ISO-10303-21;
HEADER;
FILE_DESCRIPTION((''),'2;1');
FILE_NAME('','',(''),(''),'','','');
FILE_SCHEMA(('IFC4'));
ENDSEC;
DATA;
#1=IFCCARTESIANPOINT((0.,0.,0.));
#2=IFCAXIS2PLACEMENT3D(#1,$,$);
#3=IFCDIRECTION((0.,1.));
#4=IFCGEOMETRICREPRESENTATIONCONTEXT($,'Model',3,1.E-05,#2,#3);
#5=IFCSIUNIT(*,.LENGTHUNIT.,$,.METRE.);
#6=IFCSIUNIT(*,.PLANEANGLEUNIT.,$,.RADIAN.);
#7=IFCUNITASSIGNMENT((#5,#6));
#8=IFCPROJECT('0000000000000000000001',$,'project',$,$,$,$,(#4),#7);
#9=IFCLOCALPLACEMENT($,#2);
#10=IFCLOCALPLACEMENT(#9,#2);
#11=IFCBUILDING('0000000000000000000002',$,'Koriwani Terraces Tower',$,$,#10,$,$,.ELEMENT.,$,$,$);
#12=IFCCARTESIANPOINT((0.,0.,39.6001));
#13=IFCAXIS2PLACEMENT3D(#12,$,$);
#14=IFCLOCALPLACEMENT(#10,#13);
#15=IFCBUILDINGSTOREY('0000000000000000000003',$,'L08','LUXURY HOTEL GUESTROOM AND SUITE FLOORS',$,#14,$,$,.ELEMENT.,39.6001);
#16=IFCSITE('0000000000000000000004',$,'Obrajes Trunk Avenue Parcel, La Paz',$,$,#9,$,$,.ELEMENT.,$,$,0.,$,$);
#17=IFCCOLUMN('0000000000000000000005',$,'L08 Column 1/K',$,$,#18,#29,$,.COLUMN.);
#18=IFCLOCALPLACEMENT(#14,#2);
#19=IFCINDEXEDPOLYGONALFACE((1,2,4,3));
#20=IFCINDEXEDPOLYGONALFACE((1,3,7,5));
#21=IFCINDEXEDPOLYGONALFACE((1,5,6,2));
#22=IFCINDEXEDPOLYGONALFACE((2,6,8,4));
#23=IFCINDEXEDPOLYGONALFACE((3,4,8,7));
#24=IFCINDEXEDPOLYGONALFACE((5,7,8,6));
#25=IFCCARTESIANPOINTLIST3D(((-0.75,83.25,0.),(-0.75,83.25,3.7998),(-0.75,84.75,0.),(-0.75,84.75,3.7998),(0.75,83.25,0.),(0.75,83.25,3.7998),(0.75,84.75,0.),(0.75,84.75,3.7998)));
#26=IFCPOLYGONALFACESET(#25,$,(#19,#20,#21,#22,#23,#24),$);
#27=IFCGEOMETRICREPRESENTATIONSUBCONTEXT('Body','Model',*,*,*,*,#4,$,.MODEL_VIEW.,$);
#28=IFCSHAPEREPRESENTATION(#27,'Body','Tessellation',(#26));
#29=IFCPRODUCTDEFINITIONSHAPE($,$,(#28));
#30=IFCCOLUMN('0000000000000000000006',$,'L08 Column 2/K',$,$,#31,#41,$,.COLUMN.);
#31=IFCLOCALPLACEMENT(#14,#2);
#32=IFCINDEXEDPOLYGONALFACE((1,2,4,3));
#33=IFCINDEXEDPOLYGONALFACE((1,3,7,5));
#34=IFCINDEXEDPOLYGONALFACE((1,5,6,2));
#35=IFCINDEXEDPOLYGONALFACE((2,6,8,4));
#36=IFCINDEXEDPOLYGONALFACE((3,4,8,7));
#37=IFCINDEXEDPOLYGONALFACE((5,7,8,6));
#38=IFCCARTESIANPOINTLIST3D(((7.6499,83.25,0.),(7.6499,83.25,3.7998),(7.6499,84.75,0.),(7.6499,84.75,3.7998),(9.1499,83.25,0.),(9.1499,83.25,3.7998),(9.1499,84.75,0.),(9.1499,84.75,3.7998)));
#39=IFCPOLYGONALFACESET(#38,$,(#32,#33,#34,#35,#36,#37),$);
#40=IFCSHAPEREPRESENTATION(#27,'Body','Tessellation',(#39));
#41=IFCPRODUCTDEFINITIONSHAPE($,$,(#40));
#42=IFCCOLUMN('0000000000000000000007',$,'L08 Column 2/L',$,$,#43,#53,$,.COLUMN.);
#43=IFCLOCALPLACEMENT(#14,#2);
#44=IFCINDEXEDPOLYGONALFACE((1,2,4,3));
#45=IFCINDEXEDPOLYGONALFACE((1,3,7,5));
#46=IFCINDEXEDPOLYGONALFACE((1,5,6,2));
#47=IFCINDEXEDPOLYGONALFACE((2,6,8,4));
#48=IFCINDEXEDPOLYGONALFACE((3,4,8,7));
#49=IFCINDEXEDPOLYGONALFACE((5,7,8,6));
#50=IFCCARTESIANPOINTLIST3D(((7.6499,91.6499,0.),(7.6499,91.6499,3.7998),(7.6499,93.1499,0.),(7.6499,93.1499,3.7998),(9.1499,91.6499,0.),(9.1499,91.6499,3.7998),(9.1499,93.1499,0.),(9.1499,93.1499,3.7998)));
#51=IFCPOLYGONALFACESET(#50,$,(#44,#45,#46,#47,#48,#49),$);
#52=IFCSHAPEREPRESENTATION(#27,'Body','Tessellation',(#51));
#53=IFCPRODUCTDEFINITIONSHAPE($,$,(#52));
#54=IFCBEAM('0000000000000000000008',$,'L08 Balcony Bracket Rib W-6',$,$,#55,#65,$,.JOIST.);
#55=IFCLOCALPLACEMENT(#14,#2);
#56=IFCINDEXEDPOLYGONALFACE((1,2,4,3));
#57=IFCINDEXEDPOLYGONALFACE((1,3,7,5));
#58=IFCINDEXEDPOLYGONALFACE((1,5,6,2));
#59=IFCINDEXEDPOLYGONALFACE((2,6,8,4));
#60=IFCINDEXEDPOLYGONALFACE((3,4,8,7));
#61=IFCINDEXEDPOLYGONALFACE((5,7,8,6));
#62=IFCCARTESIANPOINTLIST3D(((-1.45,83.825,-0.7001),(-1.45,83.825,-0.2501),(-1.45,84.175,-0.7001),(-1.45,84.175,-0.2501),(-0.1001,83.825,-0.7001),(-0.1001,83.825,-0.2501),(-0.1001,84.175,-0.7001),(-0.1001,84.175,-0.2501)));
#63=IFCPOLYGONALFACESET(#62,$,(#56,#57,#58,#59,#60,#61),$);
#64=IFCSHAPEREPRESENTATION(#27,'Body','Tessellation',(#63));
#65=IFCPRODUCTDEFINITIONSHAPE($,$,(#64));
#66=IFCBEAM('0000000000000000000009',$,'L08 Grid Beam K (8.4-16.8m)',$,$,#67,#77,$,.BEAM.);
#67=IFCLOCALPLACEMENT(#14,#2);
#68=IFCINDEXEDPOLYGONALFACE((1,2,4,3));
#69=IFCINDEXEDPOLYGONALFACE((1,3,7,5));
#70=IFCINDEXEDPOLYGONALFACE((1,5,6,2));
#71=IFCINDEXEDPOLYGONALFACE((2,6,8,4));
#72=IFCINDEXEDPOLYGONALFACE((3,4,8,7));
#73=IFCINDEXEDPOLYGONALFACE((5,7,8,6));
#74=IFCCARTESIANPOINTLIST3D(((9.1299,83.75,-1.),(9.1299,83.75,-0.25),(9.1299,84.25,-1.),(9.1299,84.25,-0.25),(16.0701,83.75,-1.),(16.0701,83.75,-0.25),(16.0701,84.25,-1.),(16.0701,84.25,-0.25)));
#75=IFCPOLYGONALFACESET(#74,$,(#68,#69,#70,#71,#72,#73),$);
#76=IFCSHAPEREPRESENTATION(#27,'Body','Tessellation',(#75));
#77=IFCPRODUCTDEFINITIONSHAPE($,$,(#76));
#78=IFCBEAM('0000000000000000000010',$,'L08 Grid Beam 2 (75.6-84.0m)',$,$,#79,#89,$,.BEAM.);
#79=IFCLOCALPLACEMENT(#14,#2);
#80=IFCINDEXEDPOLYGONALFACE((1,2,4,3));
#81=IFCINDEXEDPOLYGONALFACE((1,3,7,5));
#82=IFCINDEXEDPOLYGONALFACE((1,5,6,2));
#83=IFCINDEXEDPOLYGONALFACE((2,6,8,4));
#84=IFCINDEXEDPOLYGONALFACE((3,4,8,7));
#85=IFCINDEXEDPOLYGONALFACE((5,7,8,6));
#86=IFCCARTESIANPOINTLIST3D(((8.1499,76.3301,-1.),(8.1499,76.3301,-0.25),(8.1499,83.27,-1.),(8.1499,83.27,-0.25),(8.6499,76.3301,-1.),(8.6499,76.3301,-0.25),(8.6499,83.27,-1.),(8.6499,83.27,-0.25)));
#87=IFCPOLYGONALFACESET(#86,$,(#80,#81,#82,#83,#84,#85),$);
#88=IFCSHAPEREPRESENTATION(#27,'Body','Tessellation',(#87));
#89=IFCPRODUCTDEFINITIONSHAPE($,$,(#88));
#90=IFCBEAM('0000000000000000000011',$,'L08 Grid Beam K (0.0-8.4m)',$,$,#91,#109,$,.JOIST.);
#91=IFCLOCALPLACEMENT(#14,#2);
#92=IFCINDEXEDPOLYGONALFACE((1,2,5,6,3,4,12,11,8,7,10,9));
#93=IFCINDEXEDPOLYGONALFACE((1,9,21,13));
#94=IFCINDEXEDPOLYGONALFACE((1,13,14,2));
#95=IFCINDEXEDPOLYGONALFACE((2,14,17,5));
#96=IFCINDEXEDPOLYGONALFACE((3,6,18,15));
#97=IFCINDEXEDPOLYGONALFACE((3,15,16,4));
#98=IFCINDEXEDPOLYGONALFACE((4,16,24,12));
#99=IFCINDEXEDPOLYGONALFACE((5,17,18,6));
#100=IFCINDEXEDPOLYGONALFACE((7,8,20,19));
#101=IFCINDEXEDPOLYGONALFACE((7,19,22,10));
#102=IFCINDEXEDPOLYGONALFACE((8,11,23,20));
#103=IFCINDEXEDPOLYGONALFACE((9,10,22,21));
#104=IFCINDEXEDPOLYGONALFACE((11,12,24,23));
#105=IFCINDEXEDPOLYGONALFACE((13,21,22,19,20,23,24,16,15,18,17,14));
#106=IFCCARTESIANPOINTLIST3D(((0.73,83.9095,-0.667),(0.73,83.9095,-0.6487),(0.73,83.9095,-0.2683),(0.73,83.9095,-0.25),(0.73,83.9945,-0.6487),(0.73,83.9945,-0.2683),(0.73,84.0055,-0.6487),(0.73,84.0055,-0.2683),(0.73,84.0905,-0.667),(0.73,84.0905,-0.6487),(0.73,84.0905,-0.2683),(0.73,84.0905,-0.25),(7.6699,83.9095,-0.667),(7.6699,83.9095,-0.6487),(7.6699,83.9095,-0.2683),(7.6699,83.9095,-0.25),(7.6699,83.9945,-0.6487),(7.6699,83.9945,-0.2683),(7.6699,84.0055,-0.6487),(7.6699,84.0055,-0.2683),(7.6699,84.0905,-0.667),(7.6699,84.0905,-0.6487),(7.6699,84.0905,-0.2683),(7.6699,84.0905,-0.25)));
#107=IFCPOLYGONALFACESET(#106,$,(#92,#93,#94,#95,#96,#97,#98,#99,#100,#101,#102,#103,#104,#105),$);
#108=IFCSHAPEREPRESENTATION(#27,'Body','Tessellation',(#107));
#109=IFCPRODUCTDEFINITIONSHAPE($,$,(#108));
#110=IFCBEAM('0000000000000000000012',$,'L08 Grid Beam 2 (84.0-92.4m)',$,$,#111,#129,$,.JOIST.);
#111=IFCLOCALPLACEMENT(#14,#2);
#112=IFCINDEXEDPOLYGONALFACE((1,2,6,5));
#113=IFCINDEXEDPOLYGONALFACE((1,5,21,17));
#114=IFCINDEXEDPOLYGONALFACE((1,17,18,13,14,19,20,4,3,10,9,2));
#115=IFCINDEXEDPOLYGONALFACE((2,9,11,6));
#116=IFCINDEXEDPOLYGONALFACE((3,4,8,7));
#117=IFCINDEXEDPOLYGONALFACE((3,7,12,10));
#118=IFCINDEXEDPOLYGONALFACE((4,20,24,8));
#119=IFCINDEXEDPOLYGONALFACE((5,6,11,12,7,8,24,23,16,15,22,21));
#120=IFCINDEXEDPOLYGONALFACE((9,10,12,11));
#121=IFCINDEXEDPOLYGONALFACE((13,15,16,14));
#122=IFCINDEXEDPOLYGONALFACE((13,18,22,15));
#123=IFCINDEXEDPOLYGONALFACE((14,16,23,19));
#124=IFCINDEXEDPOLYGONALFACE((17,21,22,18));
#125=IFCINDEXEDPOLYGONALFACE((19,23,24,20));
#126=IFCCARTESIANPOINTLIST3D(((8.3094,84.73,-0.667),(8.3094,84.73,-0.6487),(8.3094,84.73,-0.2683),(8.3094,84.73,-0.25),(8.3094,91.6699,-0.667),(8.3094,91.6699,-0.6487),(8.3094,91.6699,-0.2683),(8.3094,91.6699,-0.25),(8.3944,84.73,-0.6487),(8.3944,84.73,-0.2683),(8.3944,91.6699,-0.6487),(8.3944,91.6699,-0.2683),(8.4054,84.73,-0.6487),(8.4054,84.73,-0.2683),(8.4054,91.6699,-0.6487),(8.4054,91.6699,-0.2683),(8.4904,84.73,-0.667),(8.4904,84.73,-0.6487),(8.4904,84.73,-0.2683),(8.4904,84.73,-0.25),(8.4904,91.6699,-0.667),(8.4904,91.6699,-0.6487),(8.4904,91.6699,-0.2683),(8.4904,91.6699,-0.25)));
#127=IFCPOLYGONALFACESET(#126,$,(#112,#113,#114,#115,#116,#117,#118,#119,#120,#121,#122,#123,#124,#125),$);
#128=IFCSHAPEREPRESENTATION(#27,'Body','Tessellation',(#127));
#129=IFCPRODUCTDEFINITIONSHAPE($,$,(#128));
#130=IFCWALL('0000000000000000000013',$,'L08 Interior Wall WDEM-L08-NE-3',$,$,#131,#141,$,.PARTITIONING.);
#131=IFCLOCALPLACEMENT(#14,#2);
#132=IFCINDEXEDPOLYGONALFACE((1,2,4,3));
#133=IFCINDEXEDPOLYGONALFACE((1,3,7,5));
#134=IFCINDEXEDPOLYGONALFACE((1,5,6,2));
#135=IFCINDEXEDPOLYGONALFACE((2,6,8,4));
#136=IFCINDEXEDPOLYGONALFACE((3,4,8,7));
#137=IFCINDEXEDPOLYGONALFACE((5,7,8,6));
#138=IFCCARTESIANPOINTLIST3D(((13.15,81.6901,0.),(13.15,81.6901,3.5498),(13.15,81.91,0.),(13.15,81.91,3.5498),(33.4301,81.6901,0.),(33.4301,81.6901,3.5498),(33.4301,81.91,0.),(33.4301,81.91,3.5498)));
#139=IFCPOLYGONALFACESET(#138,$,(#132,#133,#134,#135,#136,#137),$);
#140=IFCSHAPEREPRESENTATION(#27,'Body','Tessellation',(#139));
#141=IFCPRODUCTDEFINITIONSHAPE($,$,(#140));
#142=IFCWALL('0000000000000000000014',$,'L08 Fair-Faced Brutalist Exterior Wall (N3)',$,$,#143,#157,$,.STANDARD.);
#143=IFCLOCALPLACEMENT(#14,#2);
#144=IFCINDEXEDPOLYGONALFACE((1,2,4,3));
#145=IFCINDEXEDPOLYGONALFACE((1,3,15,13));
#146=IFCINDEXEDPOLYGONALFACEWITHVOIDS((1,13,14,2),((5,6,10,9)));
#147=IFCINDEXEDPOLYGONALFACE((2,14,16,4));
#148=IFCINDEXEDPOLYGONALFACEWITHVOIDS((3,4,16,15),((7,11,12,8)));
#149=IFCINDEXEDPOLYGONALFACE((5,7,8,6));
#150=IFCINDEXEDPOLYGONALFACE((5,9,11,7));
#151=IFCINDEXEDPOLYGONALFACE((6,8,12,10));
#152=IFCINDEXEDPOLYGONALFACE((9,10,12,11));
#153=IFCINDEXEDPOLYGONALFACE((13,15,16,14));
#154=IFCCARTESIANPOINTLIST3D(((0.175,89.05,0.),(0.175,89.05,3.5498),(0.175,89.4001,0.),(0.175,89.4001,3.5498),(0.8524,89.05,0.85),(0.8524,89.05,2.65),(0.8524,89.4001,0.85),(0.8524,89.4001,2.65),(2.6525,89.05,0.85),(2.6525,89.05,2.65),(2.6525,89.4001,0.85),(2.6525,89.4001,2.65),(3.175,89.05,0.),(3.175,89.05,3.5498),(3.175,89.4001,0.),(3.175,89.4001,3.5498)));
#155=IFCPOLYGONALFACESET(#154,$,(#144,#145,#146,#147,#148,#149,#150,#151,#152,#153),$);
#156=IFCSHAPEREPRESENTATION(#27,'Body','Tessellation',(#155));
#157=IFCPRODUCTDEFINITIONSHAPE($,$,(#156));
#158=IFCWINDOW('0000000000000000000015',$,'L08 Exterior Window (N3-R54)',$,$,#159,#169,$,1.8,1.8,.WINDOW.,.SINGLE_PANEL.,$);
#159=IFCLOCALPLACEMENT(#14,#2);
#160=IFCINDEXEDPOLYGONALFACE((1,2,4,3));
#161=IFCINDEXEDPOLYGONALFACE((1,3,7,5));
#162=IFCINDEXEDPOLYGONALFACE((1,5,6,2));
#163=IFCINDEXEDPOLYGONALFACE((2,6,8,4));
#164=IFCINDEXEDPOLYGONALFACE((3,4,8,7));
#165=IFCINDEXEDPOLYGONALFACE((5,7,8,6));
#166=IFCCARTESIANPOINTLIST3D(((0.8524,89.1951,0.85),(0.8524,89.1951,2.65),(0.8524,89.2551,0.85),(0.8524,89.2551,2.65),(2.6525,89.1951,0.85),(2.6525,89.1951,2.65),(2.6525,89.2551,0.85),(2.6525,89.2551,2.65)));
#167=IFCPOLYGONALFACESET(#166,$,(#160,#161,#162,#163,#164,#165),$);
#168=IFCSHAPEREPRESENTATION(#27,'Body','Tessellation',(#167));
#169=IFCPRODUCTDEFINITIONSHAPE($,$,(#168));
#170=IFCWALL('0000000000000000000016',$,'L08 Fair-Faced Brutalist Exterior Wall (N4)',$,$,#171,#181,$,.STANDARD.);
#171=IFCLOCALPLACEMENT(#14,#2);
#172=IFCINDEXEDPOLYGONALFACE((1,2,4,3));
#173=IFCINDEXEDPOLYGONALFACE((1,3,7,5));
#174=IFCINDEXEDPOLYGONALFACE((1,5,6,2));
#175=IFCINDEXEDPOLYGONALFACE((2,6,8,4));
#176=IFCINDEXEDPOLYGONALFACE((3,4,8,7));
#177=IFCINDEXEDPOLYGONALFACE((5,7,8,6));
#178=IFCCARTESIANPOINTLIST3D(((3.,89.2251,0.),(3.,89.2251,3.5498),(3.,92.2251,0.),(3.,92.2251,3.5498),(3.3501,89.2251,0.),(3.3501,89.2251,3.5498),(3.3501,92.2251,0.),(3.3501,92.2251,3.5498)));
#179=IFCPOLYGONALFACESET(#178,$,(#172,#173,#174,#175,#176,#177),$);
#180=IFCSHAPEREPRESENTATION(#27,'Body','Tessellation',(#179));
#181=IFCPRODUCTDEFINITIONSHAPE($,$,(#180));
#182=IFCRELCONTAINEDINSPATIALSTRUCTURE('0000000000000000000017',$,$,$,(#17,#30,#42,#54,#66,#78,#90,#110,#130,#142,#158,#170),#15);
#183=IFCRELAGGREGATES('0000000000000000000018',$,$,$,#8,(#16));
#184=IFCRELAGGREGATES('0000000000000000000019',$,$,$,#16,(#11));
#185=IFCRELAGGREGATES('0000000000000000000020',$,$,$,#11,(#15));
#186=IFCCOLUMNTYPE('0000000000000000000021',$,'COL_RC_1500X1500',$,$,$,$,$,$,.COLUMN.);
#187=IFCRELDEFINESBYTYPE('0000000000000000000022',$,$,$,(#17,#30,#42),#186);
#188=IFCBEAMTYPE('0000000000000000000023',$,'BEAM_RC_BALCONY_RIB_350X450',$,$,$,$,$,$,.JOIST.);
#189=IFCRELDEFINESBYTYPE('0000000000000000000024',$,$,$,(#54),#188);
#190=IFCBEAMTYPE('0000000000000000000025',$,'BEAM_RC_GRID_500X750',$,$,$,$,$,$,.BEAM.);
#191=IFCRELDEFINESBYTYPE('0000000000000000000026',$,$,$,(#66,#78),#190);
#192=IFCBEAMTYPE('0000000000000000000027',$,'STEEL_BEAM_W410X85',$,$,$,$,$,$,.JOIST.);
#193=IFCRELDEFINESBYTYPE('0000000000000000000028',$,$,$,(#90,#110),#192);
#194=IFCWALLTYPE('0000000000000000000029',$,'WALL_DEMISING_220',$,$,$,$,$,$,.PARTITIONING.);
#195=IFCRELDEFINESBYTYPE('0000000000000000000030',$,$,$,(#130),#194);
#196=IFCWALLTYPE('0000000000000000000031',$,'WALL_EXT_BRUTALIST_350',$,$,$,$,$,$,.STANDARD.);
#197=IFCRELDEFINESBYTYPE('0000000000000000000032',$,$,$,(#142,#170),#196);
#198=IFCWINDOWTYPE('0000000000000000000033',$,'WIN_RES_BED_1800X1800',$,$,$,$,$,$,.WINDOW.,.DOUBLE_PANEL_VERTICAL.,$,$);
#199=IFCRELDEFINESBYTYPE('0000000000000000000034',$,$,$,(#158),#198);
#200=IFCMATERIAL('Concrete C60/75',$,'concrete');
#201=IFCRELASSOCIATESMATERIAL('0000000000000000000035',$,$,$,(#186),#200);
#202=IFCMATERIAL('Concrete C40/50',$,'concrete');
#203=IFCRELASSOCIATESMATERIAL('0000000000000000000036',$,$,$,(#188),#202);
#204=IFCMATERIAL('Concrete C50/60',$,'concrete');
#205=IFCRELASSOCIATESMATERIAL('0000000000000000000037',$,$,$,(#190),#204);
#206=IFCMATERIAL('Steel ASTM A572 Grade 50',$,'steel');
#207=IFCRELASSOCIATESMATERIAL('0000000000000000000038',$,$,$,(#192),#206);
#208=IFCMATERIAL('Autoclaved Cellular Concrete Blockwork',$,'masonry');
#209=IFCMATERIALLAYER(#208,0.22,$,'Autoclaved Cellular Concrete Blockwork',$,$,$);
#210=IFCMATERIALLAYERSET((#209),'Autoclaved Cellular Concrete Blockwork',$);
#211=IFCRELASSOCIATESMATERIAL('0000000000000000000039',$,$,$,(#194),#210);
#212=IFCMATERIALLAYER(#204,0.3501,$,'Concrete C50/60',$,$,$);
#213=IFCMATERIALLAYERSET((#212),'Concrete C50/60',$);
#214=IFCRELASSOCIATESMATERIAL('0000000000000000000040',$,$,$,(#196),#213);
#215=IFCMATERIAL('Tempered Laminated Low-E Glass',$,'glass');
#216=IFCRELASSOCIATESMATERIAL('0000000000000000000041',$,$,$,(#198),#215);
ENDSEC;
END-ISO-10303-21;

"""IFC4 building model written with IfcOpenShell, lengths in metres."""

from ifc_helpers import new_model, si_unit, direction, frame, frame_2d, origin, origin_2d, place, context, subcontext, project, spatial, rectangle, i_section, extrude, material, layer, layer_set, material_profile, profile_set, type_object, element, fill, save


model = new_model("IFC4")

# Units and contexts
model_context = context("Model", 3, precision=1e-05, world=origin(), true_north=direction((0.0, 1.0)))
body_context = subcontext(model_context, "Body", "Model", "MODEL_VIEW")
ifc_project = project(units=[si_unit("LENGTHUNIT", "METRE"), si_unit("PLANEANGLEUNIT", "RADIAN")], contexts=[model_context])

# Site, building, storey
site_placement = place(None, origin())
site = spatial("IfcSite", under=ifc_project, at=site_placement, Name="Obrajes Trunk Avenue Parcel, La Paz", CompositionType="ELEMENT", RefElevation=0.0)
building_placement = place(site_placement, origin())
building = spatial("IfcBuilding", under=site, at=building_placement, Name="Koriwani Terraces Tower", CompositionType="ELEMENT")
storey_placement = place(building_placement, frame((0.0, 0.0, 39.6001)))
storey = spatial("IfcBuildingStorey", under=building, at=storey_placement, Name="L08", Description="LUXURY HOTEL GUESTROOM AND SUITE FLOORS", CompositionType="ELEMENT", Elevation=39.6001)

# Columns
ifc_material_1 = material(Name="Concrete C60/75", Category="concrete")
ifc_material_profile_1 = material_profile(ifc_material_1, rectangle(XDim=1.5, YDim=1.5, at=origin_2d()), Name="Concrete C60/75", Category="LoadBearing")
ifc_profile_set_1 = profile_set([ifc_material_profile_1], Name="Concrete C60/75")
column_type = type_object("IfcColumnType", Name="COL_RC_1500X1500", PredefinedType="COLUMN", material=ifc_profile_set_1)
for number, where, z_axis, x_axis, name in (
    (1, (0.0, 84.0, 0.0), (0.0, 0.0, 1.0), (1.0, 0.0, 0.0), "L08 Column 1/K"),
    (2, (8.3999, 84.0, 0.0), (0.0, 0.0, 1.0), (1.0, 0.0, 0.0), "L08 Column 2/K"),
    (3, (8.3999, 92.3999, 0.0), (0.0, 0.0, 1.0), (1.0, 0.0, 0.0), "L08 Column 2/L"),
):
    element("IfcColumn", number, at=place(storey_placement, frame(where, z_axis=z_axis, x_axis=x_axis)), inside=storey, type_object=column_type, Name=name, PredefinedType="COLUMN", context=body_context, shape_type="SweptSolid", body=[
        extrude(rectangle(XDim=1.5, YDim=1.5, at=origin_2d()), origin(), (0.0, 0.0, 1.0), 3.7998),
    ])

# Beams
ifc_material_2 = material(Name="Concrete C40/50", Category="concrete")
ifc_material_profile_2 = material_profile(ifc_material_2, rectangle(XDim=0.3501, YDim=0.45, at=origin_2d()), Name="Concrete C40/50", Category="LoadBearing")
ifc_profile_set_2 = profile_set([ifc_material_profile_2], Name="Concrete C40/50")
beam_type_1 = type_object("IfcBeamType", Name="BEAM_RC_BALCONY_RIB_350X450", PredefinedType="JOIST", material=ifc_profile_set_2)
beam_1_placement = place(storey_placement, frame((-1.45, 84.0, -0.4751), z_axis=(1.0, 0.0, 0.0), x_axis=(0.0, 1.0, 0.0)))
element("IfcBeam", 4, at=beam_1_placement, inside=storey, type_object=beam_type_1, Name="L08 Balcony Bracket Rib W-6", PredefinedType="JOIST", context=body_context, shape_type="SweptSolid", body=[
    extrude(rectangle(XDim=0.3501, YDim=0.45, at=origin_2d()), origin(), (0.0, 0.0, 1.0), 1.3499),
])
ifc_material_3 = material(Name="Concrete C50/60", Category="concrete")
ifc_material_profile_3 = material_profile(ifc_material_3, rectangle(XDim=0.5, YDim=0.75, at=origin_2d()), Name="Concrete C50/60", Category="LoadBearing")
ifc_profile_set_3 = profile_set([ifc_material_profile_3], Name="Concrete C50/60")
beam_type_2 = type_object("IfcBeamType", Name="BEAM_RC_GRID_500X750", PredefinedType="BEAM", material=ifc_profile_set_3)
beam_2_placement = place(storey_placement, frame((9.1299, 84.0, -0.625), z_axis=(1.0, 0.0, 0.0), x_axis=(0.0, 1.0, 0.0)))
element("IfcBeam", 5, at=beam_2_placement, inside=storey, type_object=beam_type_2, Name="L08 Grid Beam K (8.4-16.8m)", PredefinedType="BEAM", context=body_context, shape_type="SweptSolid", body=[
    extrude(rectangle(XDim=0.5, YDim=0.75, at=origin_2d()), origin(), (0.0, 0.0, 1.0), 6.9402),
])
beam_3_placement = place(storey_placement, frame((8.3999, 76.3301, -0.625), z_axis=(0.0, 1.0, 0.0), x_axis=(-1.0, 0.0, 0.0)))
element("IfcBeam", 6, at=beam_3_placement, inside=storey, type_object=beam_type_2, Name="L08 Grid Beam 2 (75.6-84.0m)", PredefinedType="BEAM", context=body_context, shape_type="SweptSolid", body=[
    extrude(rectangle(XDim=0.5, YDim=0.75, at=origin_2d()), origin(), (0.0, 0.0, 1.0), 6.9399),
])
ifc_material_4 = material(Name="Steel ASTM A572 Grade 50", Category="steel")
ifc_material_profile_4 = material_profile(ifc_material_4, i_section(OverallWidth=0.1809, OverallDepth=0.417, WebThickness=0.011, FlangeThickness=0.0183, at=origin_2d()), Name="Steel ASTM A572 Grade 50", Category="LoadBearing")
ifc_profile_set_4 = profile_set([ifc_material_profile_4], Name="Steel ASTM A572 Grade 50")
beam_type_3 = type_object("IfcBeamType", Name="STEEL_BEAM_W410X85", PredefinedType="JOIST", material=ifc_profile_set_4)
for number, where, z_axis, x_axis, name in (
    (7, (0.73, 84.0, -0.4585), (1.0, 0.0, 0.0), (0.0, 1.0, 0.0), "L08 Grid Beam K (0.0-8.4m)"),
    (8, (8.3999, 84.73, -0.4585), (0.0, 1.0, 0.0), (-1.0, 0.0, 0.0), "L08 Grid Beam 2 (84.0-92.4m)"),
):
    element("IfcBeam", number, at=place(storey_placement, frame(where, z_axis=z_axis, x_axis=x_axis)), inside=storey, type_object=beam_type_3, Name=name, PredefinedType="JOIST", context=body_context, shape_type="SweptSolid", body=[
        extrude(i_section(OverallWidth=0.1809, OverallDepth=0.417, WebThickness=0.011, FlangeThickness=0.0183, at=origin_2d()), origin(), (0.0, 0.0, 1.0), 6.9399),
    ])

# Wall
ifc_material_5 = material(Name="Autoclaved Cellular Concrete Blockwork", Category="masonry")
ifc_layer_1 = layer(ifc_material_5, 0.22, Name="Autoclaved Cellular Concrete Blockwork")
ifc_layer_set_1 = layer_set([ifc_layer_1], Name="Autoclaved Cellular Concrete Blockwork")
wall_type_1 = type_object("IfcWallType", Name="WALL_DEMISING_220", PredefinedType="PARTITIONING", material=ifc_layer_set_1)
wall_1_placement = place(storey_placement, frame((13.1499, 81.8, 0.0), z_axis=(0.0, 0.0, 1.0), x_axis=(1.0, 0.0, 0.0)))
element("IfcWall", 9, at=wall_1_placement, inside=storey, type_object=wall_type_1, Name="L08 Interior Wall WDEM-L08-NE-3", PredefinedType="PARTITIONING", context=body_context, shape_type="SweptSolid", body=[
    extrude(rectangle(XDim=20.28, YDim=0.22, at=frame_2d((10.1401, 0.0))), origin(), (0.0, 0.0, 1.0), 3.5498),
])

# Wall, opening, window
ifc_layer_2 = layer(ifc_material_3, 0.3501, Name="Concrete C50/60")
ifc_layer_set_2 = layer_set([ifc_layer_2], Name="Concrete C50/60")
wall_type_2 = type_object("IfcWallType", Name="WALL_EXT_BRUTALIST_350", PredefinedType="STANDARD", material=ifc_layer_set_2)
wall_2_placement = place(storey_placement, frame((0.175, 89.2251, 0.0), z_axis=(0.0, 0.0, 1.0), x_axis=(1.0, 0.0, 0.0)))
wall_2 = element("IfcWall", 10, at=wall_2_placement, inside=storey, type_object=wall_type_2, Name="L08 Fair-Faced Brutalist Exterior Wall (N3)", PredefinedType="STANDARD", context=body_context, shape_type="SweptSolid", body=[
    extrude(rectangle(XDim=3.0, YDim=0.3501, at=frame_2d((1.5, 0.0))), origin(), (0.0, 0.0, 1.0), 3.5498),
])
opening_1_placement = place(wall_2_placement, frame((0.6775, 0.0, 0.8501)))
opening_1 = element("IfcOpeningElement", 11, at=opening_1_placement, cuts=wall_2, PredefinedType="OPENING", context=body_context, shape_type="SweptSolid", body=[
    extrude(rectangle(XDim=1.8, YDim=1.8, at=frame_2d((0.8999, 0.8999))), frame((0.0, 0.1851, 0.0), z_axis=(0.0, -1.0, 0.0), x_axis=(1.0, 0.0, 0.0)), (0.0, 0.0, 1.0), 0.3701),
])
ifc_material_6 = material(Name="Tempered Laminated Low-E Glass", Category="glass")
window_type = type_object("IfcWindowType", Name="WIN_RES_BED_1800X1800", PartitioningType="DOUBLE_PANEL_VERTICAL", PredefinedType="WINDOW", material=ifc_material_6)
window_placement = place(opening_1_placement, origin())
window = element("IfcWindow", 12, at=window_placement, inside=storey, type_object=window_type, Name="L08 Exterior Window (N3-R54)", OverallHeight=1.8, OverallWidth=1.8, PartitioningType="SINGLE_PANEL", PredefinedType="WINDOW", context=body_context, shape_type="SweptSolid", body=[
    extrude(rectangle(XDim=1.8, YDim=1.8, at=frame_2d((0.8999, 0.8999))), frame((0.0, 0.03, 0.0), z_axis=(0.0, -1.0, 0.0), x_axis=(1.0, 0.0, 0.0)), (0.0, 0.0, 1.0), 0.0601),
])
fill(opening_1, window)

# Wall
wall_3_placement = place(storey_placement, frame((3.175, 89.2251, 0.0), z_axis=(0.0, 0.0, 1.0), x_axis=(0.0, 1.0, 0.0)))
element("IfcWall", 13, at=wall_3_placement, inside=storey, type_object=wall_type_2, Name="L08 Fair-Faced Brutalist Exterior Wall (N4)", PredefinedType="STANDARD", context=body_context, shape_type="SweptSolid", body=[
    extrude(rectangle(XDim=3.0, YDim=0.3501, at=frame_2d((1.5, 0.0))), origin(), (0.0, 0.0, 1.0), 3.5498),
])

save(model, "model.ifc")
